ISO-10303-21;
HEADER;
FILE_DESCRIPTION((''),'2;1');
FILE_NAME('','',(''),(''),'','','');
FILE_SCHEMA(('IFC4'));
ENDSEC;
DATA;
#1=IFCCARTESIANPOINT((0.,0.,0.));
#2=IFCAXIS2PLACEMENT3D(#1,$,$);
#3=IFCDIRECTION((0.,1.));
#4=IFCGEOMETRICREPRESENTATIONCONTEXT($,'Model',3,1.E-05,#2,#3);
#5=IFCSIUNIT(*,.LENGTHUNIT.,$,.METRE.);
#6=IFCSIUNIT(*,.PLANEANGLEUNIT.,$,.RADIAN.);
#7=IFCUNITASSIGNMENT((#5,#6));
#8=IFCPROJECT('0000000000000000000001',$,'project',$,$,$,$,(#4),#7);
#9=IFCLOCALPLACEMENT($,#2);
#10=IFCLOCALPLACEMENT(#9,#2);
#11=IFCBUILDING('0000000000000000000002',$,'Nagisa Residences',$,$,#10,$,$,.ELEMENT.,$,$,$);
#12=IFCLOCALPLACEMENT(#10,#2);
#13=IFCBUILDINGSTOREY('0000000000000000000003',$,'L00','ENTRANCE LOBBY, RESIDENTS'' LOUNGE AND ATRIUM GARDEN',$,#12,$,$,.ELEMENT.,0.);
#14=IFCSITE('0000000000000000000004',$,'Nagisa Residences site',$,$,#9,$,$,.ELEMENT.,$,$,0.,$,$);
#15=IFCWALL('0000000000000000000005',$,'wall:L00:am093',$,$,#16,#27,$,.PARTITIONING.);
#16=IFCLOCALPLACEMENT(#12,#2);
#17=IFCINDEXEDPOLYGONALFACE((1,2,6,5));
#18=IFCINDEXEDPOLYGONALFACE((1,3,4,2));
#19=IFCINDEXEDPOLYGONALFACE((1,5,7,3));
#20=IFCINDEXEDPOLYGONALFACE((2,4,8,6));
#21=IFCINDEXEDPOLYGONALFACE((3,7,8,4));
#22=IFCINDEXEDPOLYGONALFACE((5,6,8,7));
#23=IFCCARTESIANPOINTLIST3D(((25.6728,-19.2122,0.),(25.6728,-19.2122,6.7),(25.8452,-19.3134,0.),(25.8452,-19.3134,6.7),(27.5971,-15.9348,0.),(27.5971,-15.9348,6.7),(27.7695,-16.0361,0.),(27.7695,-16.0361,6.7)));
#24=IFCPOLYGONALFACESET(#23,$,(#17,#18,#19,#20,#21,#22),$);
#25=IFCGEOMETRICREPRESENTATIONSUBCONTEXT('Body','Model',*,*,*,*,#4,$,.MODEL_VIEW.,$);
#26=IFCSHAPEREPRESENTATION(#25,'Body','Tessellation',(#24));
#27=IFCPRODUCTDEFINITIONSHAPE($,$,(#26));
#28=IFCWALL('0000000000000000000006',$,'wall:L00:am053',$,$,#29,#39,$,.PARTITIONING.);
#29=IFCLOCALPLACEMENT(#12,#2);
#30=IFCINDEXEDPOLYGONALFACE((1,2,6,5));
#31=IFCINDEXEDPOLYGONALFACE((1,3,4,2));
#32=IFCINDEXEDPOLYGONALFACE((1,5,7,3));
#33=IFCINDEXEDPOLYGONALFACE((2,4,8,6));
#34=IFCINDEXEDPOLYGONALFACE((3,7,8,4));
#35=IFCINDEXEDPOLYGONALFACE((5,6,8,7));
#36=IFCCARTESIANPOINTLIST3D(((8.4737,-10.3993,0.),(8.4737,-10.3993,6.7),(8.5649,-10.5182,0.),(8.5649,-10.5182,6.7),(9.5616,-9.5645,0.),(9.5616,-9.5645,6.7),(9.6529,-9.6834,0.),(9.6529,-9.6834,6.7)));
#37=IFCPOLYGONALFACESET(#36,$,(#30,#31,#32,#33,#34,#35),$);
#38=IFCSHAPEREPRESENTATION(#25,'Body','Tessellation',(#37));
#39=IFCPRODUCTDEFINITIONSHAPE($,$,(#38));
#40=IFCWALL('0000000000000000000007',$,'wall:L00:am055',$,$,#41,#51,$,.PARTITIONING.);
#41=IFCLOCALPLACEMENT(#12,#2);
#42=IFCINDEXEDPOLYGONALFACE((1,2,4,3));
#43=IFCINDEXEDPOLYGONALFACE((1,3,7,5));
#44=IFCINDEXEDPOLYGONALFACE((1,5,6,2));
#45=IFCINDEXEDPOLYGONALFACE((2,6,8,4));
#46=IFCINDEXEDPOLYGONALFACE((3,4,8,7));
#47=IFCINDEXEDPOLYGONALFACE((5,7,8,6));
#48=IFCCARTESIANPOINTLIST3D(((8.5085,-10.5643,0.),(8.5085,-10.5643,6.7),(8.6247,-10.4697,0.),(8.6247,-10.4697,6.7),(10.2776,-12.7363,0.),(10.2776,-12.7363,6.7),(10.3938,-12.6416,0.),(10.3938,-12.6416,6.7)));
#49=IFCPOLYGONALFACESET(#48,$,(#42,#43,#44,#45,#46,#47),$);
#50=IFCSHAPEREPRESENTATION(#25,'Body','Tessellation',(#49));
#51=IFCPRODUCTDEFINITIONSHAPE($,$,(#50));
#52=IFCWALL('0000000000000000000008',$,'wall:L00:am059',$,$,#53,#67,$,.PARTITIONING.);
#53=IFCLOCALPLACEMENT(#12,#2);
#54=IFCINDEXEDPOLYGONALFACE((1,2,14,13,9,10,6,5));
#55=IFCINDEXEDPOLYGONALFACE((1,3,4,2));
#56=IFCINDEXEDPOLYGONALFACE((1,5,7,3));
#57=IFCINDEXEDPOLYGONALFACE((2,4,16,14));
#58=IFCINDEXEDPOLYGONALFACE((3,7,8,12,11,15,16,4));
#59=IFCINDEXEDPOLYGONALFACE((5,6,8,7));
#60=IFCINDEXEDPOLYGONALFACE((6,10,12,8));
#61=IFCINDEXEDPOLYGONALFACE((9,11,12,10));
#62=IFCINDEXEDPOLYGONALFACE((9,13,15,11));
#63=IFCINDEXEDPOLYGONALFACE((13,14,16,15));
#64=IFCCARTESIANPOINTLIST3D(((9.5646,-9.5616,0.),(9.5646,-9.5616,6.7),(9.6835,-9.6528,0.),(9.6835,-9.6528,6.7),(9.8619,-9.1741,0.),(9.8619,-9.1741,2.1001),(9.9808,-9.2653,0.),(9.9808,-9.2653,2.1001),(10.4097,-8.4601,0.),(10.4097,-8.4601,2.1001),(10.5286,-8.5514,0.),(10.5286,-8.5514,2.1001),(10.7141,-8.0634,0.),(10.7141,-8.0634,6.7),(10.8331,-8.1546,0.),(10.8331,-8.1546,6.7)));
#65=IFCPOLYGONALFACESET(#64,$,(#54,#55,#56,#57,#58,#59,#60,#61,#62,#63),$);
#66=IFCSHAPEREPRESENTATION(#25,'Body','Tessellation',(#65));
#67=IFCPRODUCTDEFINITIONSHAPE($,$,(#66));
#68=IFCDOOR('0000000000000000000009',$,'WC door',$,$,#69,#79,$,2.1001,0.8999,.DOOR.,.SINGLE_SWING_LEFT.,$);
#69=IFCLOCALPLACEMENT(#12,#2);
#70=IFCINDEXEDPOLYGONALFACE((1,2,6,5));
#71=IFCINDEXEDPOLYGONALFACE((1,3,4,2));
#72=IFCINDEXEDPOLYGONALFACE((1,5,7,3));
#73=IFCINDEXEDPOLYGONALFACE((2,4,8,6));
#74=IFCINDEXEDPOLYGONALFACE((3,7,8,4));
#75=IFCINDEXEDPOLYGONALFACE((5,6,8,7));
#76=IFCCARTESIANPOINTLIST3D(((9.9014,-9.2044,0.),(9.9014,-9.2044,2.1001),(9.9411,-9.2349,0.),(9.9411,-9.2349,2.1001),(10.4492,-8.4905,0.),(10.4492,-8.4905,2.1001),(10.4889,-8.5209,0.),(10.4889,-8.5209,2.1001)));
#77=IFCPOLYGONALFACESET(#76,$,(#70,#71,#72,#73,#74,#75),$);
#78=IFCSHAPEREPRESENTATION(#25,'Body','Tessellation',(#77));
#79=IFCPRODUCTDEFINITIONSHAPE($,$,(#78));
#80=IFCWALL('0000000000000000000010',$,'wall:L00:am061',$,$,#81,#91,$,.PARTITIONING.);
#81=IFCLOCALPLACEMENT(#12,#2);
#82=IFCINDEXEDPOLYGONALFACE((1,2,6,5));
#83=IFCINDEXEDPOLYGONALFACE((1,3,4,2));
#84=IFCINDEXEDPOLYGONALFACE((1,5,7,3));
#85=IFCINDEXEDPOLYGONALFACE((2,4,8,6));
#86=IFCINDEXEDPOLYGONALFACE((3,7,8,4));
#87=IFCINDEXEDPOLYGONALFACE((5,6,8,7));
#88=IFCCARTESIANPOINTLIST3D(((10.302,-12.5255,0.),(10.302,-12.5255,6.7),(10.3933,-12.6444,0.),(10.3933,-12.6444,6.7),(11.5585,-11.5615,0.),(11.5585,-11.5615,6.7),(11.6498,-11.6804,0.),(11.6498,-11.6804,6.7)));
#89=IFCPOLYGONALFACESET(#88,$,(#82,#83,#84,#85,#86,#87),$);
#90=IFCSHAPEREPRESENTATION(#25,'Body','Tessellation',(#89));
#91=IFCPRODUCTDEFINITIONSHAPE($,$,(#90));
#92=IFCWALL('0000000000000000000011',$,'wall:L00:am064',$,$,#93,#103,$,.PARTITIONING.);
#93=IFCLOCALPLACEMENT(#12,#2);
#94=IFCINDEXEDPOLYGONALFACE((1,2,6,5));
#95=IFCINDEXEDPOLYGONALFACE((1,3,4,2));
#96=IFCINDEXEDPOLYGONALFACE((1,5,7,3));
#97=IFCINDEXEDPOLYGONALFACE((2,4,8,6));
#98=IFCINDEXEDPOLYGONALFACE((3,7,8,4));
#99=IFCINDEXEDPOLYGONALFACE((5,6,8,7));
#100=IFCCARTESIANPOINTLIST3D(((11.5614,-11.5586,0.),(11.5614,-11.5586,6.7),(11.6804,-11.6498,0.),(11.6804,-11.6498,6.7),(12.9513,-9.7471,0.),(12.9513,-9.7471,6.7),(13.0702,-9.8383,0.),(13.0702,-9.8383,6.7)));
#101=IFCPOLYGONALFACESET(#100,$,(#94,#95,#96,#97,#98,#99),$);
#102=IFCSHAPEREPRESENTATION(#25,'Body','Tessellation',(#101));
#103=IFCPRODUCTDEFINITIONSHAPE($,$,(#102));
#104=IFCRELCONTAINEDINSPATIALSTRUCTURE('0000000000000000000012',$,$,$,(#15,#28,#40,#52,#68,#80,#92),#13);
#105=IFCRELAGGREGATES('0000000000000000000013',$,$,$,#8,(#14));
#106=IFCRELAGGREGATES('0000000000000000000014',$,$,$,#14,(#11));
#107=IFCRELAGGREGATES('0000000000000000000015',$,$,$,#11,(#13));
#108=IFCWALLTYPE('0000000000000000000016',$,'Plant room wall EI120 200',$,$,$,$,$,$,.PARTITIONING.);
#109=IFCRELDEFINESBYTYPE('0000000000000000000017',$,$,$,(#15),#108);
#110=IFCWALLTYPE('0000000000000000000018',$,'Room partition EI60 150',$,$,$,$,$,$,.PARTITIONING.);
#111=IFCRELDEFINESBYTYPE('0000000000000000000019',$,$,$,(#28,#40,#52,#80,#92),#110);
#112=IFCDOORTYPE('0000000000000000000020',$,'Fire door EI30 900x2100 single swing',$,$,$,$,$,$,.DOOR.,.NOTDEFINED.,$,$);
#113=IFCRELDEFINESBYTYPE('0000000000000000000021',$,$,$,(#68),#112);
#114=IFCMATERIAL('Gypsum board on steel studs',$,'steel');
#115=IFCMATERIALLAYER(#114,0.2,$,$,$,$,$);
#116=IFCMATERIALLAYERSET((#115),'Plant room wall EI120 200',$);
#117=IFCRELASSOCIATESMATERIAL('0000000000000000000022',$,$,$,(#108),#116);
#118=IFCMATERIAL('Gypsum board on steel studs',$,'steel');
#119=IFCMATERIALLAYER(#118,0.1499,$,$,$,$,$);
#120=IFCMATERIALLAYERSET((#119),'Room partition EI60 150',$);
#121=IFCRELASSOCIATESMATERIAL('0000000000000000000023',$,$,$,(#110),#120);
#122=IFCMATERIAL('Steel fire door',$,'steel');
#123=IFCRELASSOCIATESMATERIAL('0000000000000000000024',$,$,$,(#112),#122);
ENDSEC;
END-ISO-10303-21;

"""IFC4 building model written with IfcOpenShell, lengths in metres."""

from ifc_helpers import new_model, si_unit, direction, frame, frame_2d, origin, place, context, subcontext, project, spatial, rectangle, extrude, material, layer, layer_set, type_object, element, fill, save


model = new_model("IFC4")

# Units and contexts
model_context = context("Model", 3, precision=1e-05, world=origin(), true_north=direction((0.0, 1.0)))
body_context = subcontext(model_context, "Body", "Model", "MODEL_VIEW")
ifc_project = project(units=[si_unit("LENGTHUNIT", "METRE"), si_unit("PLANEANGLEUNIT", "RADIAN")], contexts=[model_context])

# Site, building, storey
site_placement = place(None, origin())
site = spatial("IfcSite", under=ifc_project, at=site_placement, Name="Nagisa Residences site", CompositionType="ELEMENT", RefElevation=0.0)
building_placement = place(site_placement, origin())
building = spatial("IfcBuilding", under=site, at=building_placement, Name="Nagisa Residences", CompositionType="ELEMENT")
storey_placement = place(building_placement, origin())
storey = spatial("IfcBuildingStorey", under=building, at=storey_placement, Name="L00", Description="ENTRANCE LOBBY, RESIDENTS' LOUNGE AND ATRIUM GARDEN", CompositionType="ELEMENT", Elevation=0.0)

# Shared definitions
ifc_material_1 = material(Name="Gypsum board on steel studs", Category="steel")
ifc_layer_1 = layer(ifc_material_1, 0.2)
ifc_layer_set_1 = layer_set([ifc_layer_1], Name="Plant room wall EI120 200")
wall_type_1 = type_object("IfcWallType", Name="Plant room wall EI120 200", PredefinedType="PARTITIONING", material=ifc_layer_set_1)

# Walls
wall_1_placement = place(storey_placement, frame((27.6833, -15.9854, 0.0), z_axis=(0.0, 0.0, 1.0), x_axis=(-0.506329, -0.86234, 0.0)))
element("IfcWall", 1, at=wall_1_placement, inside=storey, type_object=wall_type_1, Name="wall:L00:am093", PredefinedType="PARTITIONING", context=body_context, shape_type="SweptSolid", body=[
    extrude(rectangle(XDim=3.8005, YDim=0.2, at=frame_2d((1.9004, 0.0))), origin(), (0.0, 0.0, 1.0), 6.7),
])
ifc_material_2 = material(Name="Gypsum board on steel studs", Category="steel")
ifc_layer_2 = layer(ifc_material_2, 0.1499)
ifc_layer_set_2 = layer_set([ifc_layer_2], Name="Room partition EI60 150")
wall_type_2 = type_object("IfcWallType", Name="Room partition EI60 150", PredefinedType="PARTITIONING", material=ifc_layer_set_2)
wall_2_placement = place(storey_placement, frame((9.6072, -9.624, 0.0), z_axis=(0.0, 0.0, 1.0), x_axis=(-0.793371, -0.608738, 0.0)))
element("IfcWall", 2, at=wall_2_placement, inside=storey, type_object=wall_type_2, Name="wall:L00:am053", PredefinedType="PARTITIONING", context=body_context, shape_type="SweptSolid", body=[
    extrude(rectangle(XDim=1.3713, YDim=0.1499, at=frame_2d((0.6855, 0.0))), origin(), (0.0, 0.0, 1.0), 6.7),
])
wall_3_placement = place(storey_placement, frame((10.3357, -12.689, 0.0), z_axis=(0.0, 0.0, 1.0), x_axis=(-0.631537, 0.775346, 0.0)))
element("IfcWall", 3, at=wall_3_placement, inside=storey, type_object=wall_type_2, Name="wall:L00:am055", PredefinedType="PARTITIONING", context=body_context, shape_type="SweptSolid", body=[
    extrude(rectangle(XDim=2.8013, YDim=0.1499, at=frame_2d((1.4006, 0.0))), origin(), (0.0, 0.0, 1.0), 6.7),
])

# Wall, opening, door
wall_4_placement = place(storey_placement, frame((10.7737, -8.1089, 0.0), z_axis=(0.0, 0.0, 1.0), x_axis=(-0.608754, -0.793359, 0.0)))
wall_4 = element("IfcWall", 4, at=wall_4_placement, inside=storey, type_object=wall_type_2, Name="wall:L00:am059", PredefinedType="PARTITIONING", context=body_context, shape_type="SweptSolid", body=[
    extrude(rectangle(XDim=1.8884, YDim=0.1499, at=frame_2d((0.9443, 0.0))), origin(), (0.0, 0.0, 1.0), 6.7),
])
opening_1_placement = place(wall_4_placement, frame((0.5002, 0.0, 0.0)))
opening_1 = element("IfcOpeningElement", 5, at=opening_1_placement, cuts=wall_4, PredefinedType="OPENING", context=body_context, shape_type="SweptSolid", body=[
    extrude(rectangle(XDim=0.8999, YDim=2.1001, at=frame_2d((0.45, 1.05))), frame((0.0, 0.085, 0.0), z_axis=(0.0, -1.0, 0.0), x_axis=(1.0, 0.0, 0.0)), (0.0, 0.0, 1.0), 0.1699),
])
ifc_material_3 = material(Name="Steel fire door", Category="steel")
door_type_1 = type_object("IfcDoorType", Name="Fire door EI30 900x2100 single swing", OperationType="NOTDEFINED", PredefinedType="DOOR", material=ifc_material_3)
door_1_placement = place(opening_1_placement, origin())
door_1 = element("IfcDoor", 6, at=door_1_placement, inside=storey, type_object=door_type_1, Name="WC door", OperationType="SINGLE_SWING_LEFT", OverallHeight=2.1001, OverallWidth=0.8999, PredefinedType="DOOR", context=body_context, shape_type="SweptSolid", body=[
    extrude(rectangle(XDim=0.8999, YDim=2.1001, at=frame_2d((0.45, 1.05))), frame((0.0, 0.0249, 0.0), z_axis=(0.0, -1.0, 0.0), x_axis=(1.0, 0.0, 0.0)), (0.0, 0.0, 1.0), 0.05),
])
fill(opening_1, door_1)

# Walls
wall_5_placement = place(storey_placement, frame((11.6042, -11.6208, 0.0), z_axis=(0.0, 0.0, 1.0), x_axis=(-0.793386, -0.60872, 0.0)))
element("IfcWall", 7, at=wall_5_placement, inside=storey, type_object=wall_type_2, Name="wall:L00:am061", PredefinedType="PARTITIONING", context=body_context, shape_type="SweptSolid", body=[
    extrude(rectangle(XDim=1.5837, YDim=0.1499, at=frame_2d((0.792, 0.0))), origin(), (0.0, 0.0, 1.0), 6.7),
])
wall_6_placement = place(storey_placement, frame((13.0107, -9.7927, 0.0), z_axis=(0.0, 0.0, 1.0), x_axis=(-0.608723, -0.793383, 0.0)))
element("IfcWall", 8, at=wall_6_placement, inside=storey, type_object=wall_type_2, Name="wall:L00:am064", PredefinedType="PARTITIONING", context=body_context, shape_type="SweptSolid", body=[
    extrude(rectangle(XDim=2.2832, YDim=0.1499, at=frame_2d((1.1416, 0.0))), origin(), (0.0, 0.0, 1.0), 6.7),
])

save(model, "model.ifc")
